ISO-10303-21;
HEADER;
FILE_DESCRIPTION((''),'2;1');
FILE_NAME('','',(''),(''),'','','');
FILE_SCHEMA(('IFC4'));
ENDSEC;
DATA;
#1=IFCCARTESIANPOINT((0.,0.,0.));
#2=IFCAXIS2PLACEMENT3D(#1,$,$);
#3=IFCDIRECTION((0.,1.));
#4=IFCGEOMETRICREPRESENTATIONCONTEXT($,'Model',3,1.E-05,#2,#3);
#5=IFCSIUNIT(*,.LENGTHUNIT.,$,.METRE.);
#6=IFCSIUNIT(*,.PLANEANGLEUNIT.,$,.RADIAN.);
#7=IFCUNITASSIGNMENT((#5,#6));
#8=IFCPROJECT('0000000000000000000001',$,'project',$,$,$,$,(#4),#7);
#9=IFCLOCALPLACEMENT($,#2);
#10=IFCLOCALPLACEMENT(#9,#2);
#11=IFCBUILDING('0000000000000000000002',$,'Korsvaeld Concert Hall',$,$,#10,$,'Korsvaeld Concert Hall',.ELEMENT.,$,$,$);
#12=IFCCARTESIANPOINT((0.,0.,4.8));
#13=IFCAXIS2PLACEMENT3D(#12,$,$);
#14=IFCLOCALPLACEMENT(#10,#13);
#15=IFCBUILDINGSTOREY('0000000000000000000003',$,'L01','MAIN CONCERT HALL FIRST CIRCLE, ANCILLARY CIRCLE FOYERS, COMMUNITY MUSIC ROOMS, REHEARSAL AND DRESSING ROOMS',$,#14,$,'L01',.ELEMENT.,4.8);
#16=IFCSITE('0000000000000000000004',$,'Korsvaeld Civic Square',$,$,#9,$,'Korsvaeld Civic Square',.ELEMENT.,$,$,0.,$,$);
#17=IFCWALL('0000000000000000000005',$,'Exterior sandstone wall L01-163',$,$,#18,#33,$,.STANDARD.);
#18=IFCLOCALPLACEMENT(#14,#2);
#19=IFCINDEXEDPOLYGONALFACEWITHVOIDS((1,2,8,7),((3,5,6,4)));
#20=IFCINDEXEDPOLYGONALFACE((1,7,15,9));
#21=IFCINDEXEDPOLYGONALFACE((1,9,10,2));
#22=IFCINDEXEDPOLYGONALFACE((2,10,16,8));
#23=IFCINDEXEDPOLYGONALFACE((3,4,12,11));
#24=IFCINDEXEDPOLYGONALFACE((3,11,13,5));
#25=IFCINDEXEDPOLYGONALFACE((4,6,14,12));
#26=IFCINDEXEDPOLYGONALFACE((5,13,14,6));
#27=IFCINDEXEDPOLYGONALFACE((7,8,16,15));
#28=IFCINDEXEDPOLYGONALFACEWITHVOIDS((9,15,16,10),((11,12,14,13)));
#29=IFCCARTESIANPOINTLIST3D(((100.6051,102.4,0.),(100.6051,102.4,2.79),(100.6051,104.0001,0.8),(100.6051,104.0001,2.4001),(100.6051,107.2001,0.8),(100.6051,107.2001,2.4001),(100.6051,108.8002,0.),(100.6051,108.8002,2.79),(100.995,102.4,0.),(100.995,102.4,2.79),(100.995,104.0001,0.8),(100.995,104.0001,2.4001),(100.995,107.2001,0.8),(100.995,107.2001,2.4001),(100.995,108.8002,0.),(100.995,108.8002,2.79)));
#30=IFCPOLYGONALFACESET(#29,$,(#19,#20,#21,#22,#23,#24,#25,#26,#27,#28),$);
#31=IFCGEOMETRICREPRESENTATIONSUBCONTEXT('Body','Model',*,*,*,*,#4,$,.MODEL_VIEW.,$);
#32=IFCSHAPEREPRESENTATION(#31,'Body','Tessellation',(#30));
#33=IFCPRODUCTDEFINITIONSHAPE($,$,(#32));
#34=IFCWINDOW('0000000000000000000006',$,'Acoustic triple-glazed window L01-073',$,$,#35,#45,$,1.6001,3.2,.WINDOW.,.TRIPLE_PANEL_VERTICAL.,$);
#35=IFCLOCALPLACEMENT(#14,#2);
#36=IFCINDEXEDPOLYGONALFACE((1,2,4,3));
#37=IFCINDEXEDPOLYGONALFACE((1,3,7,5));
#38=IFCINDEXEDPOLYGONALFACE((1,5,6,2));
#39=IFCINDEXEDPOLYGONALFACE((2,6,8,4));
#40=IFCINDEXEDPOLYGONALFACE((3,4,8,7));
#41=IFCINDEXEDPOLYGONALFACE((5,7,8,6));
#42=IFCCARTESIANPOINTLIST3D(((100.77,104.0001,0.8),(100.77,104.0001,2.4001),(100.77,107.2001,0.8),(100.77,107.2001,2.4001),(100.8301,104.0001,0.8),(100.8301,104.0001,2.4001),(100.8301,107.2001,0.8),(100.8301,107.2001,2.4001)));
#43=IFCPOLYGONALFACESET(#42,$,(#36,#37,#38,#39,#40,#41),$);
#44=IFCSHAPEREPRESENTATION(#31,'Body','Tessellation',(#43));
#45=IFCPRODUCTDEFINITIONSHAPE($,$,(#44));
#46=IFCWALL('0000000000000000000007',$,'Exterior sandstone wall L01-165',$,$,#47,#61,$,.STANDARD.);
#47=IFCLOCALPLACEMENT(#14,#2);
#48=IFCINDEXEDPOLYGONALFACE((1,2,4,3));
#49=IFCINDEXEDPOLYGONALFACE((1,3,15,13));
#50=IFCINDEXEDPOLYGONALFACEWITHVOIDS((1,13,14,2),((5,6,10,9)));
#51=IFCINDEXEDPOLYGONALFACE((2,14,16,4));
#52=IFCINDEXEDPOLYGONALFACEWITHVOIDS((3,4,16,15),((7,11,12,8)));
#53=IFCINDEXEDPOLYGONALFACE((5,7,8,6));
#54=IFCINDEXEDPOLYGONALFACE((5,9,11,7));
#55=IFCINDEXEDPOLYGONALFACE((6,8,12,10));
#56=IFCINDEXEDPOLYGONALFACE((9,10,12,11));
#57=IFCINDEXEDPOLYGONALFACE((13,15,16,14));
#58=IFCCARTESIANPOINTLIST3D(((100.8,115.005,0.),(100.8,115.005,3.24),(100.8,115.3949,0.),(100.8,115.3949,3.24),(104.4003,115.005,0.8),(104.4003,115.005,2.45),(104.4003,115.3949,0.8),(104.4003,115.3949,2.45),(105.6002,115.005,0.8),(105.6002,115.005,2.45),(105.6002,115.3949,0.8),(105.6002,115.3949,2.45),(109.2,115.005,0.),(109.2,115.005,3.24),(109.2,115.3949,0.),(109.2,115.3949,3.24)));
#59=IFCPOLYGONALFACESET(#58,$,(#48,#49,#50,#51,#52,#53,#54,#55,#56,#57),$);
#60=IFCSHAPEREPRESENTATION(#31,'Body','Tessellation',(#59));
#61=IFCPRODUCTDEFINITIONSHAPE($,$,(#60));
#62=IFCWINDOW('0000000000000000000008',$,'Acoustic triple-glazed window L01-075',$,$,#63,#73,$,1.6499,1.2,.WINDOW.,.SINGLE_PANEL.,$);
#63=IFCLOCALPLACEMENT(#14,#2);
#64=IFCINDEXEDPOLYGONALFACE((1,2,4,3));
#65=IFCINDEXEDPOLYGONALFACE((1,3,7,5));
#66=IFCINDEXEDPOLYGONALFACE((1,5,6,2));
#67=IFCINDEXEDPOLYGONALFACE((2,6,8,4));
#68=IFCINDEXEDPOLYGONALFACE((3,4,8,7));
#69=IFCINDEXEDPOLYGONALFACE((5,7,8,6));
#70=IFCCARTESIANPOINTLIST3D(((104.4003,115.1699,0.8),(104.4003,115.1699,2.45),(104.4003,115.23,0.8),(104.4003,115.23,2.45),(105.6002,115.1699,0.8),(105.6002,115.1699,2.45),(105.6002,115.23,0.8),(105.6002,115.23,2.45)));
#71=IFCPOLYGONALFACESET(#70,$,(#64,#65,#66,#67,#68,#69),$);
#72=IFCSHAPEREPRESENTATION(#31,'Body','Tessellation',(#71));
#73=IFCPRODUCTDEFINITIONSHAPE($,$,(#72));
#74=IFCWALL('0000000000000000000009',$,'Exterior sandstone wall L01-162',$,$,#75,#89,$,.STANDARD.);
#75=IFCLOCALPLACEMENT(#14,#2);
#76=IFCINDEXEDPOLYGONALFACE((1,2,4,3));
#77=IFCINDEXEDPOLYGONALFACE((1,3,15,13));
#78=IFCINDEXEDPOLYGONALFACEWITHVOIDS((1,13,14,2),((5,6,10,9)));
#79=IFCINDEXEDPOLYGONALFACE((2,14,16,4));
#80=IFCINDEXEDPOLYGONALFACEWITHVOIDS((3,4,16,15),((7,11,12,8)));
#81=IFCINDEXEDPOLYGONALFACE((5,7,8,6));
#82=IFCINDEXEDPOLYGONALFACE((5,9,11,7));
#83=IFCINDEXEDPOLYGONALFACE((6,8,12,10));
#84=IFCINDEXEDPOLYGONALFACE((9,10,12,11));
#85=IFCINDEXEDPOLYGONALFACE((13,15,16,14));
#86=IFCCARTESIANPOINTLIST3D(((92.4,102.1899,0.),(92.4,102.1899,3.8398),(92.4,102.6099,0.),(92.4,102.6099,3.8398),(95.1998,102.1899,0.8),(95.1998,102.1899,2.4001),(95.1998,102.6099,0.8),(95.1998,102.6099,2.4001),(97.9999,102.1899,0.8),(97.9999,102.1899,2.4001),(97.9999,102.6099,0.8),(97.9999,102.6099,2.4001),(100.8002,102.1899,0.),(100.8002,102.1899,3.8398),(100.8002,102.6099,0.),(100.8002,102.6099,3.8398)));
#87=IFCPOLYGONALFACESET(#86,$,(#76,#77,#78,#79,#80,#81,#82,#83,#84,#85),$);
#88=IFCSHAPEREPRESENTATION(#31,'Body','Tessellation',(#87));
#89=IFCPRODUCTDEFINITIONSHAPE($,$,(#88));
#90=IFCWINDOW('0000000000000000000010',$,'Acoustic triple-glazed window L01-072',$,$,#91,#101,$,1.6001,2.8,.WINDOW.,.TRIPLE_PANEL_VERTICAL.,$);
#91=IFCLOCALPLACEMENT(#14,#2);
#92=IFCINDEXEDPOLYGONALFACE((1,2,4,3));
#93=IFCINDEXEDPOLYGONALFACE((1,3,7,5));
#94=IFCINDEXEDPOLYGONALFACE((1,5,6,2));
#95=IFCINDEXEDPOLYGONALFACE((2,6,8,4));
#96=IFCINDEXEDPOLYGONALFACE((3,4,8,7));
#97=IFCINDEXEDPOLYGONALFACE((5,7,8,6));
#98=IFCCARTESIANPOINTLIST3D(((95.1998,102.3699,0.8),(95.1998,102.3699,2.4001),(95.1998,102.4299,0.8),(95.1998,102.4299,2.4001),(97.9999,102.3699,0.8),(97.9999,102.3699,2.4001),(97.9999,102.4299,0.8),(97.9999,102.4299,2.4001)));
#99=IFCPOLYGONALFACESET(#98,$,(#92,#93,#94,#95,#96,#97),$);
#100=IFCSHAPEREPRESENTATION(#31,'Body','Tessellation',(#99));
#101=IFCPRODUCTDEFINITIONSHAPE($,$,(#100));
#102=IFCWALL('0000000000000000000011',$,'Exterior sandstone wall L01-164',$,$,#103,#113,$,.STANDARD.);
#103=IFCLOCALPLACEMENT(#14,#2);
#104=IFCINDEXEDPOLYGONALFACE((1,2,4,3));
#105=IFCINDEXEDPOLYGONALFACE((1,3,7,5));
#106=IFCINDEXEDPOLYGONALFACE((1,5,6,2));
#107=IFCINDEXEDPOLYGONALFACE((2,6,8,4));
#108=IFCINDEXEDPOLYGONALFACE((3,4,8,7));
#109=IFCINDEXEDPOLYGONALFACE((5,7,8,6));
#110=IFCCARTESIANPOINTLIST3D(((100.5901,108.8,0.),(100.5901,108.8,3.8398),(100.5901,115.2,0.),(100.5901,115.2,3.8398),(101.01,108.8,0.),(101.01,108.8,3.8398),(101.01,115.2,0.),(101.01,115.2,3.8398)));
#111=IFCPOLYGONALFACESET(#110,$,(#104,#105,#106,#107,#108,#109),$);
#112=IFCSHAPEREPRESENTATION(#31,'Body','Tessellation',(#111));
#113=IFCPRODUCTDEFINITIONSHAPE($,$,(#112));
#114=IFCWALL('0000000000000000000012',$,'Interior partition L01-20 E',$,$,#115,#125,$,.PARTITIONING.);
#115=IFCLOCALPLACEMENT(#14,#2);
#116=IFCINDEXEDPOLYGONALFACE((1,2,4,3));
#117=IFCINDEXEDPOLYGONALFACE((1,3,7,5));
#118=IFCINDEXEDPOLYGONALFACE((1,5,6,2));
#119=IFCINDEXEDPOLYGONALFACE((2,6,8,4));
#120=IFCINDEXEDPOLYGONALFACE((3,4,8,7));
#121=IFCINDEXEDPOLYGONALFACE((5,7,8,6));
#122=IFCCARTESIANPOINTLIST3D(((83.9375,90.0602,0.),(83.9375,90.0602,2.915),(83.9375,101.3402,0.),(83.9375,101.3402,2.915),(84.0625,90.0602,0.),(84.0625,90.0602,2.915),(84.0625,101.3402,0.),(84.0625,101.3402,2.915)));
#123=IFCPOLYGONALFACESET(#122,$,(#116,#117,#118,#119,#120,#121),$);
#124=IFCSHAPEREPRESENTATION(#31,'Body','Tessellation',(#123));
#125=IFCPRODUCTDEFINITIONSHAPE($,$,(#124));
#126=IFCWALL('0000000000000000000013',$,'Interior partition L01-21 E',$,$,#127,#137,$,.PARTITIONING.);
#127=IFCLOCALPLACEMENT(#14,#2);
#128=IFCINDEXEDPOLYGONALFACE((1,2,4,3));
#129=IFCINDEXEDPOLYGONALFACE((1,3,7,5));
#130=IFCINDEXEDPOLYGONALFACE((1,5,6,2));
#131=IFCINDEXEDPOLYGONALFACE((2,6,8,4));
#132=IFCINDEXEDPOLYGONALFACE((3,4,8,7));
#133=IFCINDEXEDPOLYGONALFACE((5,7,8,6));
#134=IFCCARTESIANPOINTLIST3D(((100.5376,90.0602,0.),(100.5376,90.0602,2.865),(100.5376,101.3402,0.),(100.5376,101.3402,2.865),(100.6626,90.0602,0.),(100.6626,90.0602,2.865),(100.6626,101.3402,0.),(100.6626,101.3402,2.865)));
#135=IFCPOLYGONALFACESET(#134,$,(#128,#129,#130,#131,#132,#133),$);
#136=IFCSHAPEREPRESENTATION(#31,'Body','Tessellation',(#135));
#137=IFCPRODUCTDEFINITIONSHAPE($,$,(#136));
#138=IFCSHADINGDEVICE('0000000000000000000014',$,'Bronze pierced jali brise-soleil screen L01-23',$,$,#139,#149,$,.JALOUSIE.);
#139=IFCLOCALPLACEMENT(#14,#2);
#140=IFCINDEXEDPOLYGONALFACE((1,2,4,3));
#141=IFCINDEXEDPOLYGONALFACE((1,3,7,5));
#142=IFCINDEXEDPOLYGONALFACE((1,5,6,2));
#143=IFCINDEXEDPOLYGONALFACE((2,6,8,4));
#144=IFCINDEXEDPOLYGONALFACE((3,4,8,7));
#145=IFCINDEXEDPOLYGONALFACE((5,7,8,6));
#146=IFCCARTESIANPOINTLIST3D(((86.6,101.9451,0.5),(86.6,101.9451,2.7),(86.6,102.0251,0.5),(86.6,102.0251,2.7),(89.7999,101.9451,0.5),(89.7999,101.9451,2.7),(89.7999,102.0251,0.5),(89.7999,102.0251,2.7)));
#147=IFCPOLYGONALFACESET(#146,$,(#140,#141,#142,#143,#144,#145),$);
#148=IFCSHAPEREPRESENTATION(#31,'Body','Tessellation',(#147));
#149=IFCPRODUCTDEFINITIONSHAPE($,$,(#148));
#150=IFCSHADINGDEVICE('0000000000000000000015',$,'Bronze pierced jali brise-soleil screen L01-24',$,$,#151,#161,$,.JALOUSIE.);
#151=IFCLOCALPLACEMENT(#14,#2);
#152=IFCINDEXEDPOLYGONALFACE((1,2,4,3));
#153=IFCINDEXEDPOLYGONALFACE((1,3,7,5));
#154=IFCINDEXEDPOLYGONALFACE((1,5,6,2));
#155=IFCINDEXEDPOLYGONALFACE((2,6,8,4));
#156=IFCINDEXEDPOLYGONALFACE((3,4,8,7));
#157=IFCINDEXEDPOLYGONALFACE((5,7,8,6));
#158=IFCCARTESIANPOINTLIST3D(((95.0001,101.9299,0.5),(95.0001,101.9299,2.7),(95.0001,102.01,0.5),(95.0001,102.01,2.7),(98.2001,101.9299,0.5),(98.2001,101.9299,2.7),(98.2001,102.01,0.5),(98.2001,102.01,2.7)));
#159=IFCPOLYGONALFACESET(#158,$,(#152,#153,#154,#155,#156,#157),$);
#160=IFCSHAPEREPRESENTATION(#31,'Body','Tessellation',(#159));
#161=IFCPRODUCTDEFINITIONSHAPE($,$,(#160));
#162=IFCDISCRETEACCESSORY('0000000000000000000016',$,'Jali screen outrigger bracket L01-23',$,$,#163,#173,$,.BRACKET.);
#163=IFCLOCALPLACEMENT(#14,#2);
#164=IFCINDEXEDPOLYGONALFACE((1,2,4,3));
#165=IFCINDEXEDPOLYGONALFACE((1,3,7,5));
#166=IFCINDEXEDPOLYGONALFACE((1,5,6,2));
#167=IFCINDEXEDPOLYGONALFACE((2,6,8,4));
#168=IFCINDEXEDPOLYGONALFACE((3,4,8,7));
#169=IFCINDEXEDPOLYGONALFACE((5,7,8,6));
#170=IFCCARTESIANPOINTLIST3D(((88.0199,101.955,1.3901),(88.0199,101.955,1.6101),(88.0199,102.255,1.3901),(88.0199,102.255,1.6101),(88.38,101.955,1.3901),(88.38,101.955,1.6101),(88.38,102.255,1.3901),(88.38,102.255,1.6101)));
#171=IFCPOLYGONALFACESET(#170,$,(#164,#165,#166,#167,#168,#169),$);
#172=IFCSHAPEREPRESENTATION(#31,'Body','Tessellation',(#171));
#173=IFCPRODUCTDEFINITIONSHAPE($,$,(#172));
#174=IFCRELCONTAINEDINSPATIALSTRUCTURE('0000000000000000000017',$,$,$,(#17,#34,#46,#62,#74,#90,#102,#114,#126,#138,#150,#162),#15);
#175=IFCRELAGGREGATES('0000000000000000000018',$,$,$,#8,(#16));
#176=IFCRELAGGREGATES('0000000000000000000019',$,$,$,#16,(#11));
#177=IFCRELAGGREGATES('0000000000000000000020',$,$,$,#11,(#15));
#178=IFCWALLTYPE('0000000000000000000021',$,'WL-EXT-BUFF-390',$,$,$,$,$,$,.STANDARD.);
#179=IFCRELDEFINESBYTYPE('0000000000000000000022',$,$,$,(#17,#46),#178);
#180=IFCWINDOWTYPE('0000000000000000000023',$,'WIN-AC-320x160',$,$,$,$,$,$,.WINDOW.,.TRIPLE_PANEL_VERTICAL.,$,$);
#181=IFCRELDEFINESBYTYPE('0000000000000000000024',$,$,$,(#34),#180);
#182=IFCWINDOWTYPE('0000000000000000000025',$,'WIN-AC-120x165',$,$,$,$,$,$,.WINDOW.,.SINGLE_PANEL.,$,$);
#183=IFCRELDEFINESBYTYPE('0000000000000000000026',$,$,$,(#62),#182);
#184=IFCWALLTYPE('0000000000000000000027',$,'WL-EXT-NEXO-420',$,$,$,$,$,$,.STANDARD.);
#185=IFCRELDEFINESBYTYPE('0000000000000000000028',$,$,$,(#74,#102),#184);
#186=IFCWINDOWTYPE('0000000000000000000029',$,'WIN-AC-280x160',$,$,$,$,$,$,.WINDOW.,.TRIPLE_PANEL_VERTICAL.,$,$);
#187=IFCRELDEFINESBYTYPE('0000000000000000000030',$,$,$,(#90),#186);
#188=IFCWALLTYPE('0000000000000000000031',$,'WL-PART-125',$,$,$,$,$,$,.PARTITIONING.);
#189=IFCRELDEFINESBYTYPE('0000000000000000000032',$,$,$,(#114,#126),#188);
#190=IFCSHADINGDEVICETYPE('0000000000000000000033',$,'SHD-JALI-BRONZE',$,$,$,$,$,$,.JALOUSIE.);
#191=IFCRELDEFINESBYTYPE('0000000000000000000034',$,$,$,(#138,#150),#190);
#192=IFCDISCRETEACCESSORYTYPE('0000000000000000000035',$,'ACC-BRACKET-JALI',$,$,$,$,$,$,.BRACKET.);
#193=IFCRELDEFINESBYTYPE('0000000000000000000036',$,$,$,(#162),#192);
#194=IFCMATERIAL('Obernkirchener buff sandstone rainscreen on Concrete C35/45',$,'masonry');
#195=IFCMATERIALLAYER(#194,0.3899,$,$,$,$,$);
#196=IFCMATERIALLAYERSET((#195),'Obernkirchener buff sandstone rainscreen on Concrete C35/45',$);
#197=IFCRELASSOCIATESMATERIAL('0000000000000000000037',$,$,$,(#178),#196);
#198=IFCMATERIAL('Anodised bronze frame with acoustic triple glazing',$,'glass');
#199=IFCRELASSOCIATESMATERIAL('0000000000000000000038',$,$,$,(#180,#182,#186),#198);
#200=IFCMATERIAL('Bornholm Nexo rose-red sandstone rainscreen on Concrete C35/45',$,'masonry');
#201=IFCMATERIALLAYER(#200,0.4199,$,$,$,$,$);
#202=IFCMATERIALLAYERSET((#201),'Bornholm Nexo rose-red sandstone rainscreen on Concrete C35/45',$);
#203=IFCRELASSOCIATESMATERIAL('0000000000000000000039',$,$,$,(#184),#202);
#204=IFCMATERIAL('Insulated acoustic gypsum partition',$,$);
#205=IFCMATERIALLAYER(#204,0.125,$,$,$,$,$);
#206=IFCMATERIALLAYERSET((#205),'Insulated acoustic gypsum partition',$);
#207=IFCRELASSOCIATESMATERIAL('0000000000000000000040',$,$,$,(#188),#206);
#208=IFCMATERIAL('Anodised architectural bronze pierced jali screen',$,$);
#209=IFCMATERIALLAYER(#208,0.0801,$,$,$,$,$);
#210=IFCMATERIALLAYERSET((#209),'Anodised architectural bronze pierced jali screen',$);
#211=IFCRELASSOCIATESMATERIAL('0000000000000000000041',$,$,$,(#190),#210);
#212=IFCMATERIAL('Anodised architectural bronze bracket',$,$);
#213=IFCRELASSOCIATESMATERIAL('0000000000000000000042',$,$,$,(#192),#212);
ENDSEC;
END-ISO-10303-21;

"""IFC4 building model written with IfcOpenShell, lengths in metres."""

from ifc_helpers import new_model, si_unit, direction, frame, frame_2d, origin, origin_2d, place, context, subcontext, project, spatial, rectangle, extrude, material, layer, layer_set, type_object, element, fill, save


model = new_model("IFC4")

# Units and contexts
model_context = context("Model", 3, precision=1e-05, world=origin(), true_north=direction((0.0, 1.0)))
body_context = subcontext(model_context, "Body", "Model", "MODEL_VIEW")
ifc_project = project(units=[si_unit("LENGTHUNIT", "METRE"), si_unit("PLANEANGLEUNIT", "RADIAN")], contexts=[model_context])

# Site, building, storey
site_placement = place(None, origin())
site = spatial("IfcSite", under=ifc_project, at=site_placement, Name="Korsvaeld Civic Square", LongName="Korsvaeld Civic Square", CompositionType="ELEMENT", RefElevation=0.0)
building_placement = place(site_placement, origin())
building = spatial("IfcBuilding", under=site, at=building_placement, Name="Korsvaeld Concert Hall", LongName="Korsvaeld Concert Hall", CompositionType="ELEMENT")
storey_placement = place(building_placement, frame((0.0, 0.0, 4.8)))
storey = spatial("IfcBuildingStorey", under=building, at=storey_placement, Name="L01", Description="MAIN CONCERT HALL FIRST CIRCLE, ANCILLARY CIRCLE FOYERS, COMMUNITY MUSIC ROOMS, REHEARSAL AND DRESSING ROOMS", LongName="L01", CompositionType="ELEMENT", Elevation=4.8)

# Walls, openings, windows
ifc_material_1 = material(Name="Obernkirchener buff sandstone rainscreen on Concrete C35/45", Category="masonry")
ifc_layer_1 = layer(ifc_material_1, 0.3899)
ifc_layer_set_1 = layer_set([ifc_layer_1], Name="Obernkirchener buff sandstone rainscreen on Concrete C35/45")
wall_type_1 = type_object("IfcWallType", Name="WL-EXT-BUFF-390", PredefinedType="STANDARD", material=ifc_layer_set_1)
ifc_material_2 = material(Name="Anodised bronze frame with acoustic triple glazing", Category="glass")
wall_1_placement = place(storey_placement, frame((100.8, 102.3999, 0.0), z_axis=(0.0, 0.0, 1.0), x_axis=(0.0, 1.0, 0.0)))
wall_1 = element("IfcWall", 1, at=wall_1_placement, inside=storey, type_object=wall_type_1, Name="Exterior sandstone wall L01-163", PredefinedType="STANDARD", context=body_context, shape_type="SweptSolid", body=[
    extrude(rectangle(XDim=6.4001, YDim=0.3899, at=frame_2d((3.2002, 0.0))), origin(), (0.0, 0.0, 1.0), 2.79),
])
opening_1_placement = place(wall_1_placement, frame((1.6001, 0.0, 0.8)))
opening_1 = element("IfcOpeningElement", 2, at=opening_1_placement, cuts=wall_1, PredefinedType="OPENING", context=body_context, shape_type="SweptSolid", body=[
    extrude(rectangle(XDim=3.2, YDim=1.6001, at=frame_2d((1.6001, 0.8))), frame((0.0, 0.2051, 0.0), z_axis=(0.0, -1.0, 0.0), x_axis=(1.0, 0.0, 0.0)), (0.0, 0.0, 1.0), 0.4099),
])
window_type_1 = type_object("IfcWindowType", Name="WIN-AC-320x160", PartitioningType="TRIPLE_PANEL_VERTICAL", PredefinedType="WINDOW", material=ifc_material_2)
window_1_placement = place(opening_1_placement, origin())
window_1 = element("IfcWindow", 3, at=window_1_placement, inside=storey, type_object=window_type_1, Name="Acoustic triple-glazed window L01-073", OverallHeight=1.6001, OverallWidth=3.2, PartitioningType="TRIPLE_PANEL_VERTICAL", PredefinedType="WINDOW", context=body_context, shape_type="SweptSolid", body=[
    extrude(rectangle(XDim=3.2, YDim=1.6001, at=frame_2d((1.6001, 0.8))), frame((0.0, 0.03, 0.0), z_axis=(0.0, -1.0, 0.0), x_axis=(1.0, 0.0, 0.0)), (0.0, 0.0, 1.0), 0.0601),
])
fill(opening_1, window_1)
wall_2_placement = place(storey_placement, frame((100.8, 115.2, 0.0), z_axis=(0.0, 0.0, 1.0), x_axis=(1.0, 0.0, 0.0)))
wall_2 = element("IfcWall", 4, at=wall_2_placement, inside=storey, type_object=wall_type_1, Name="Exterior sandstone wall L01-165", PredefinedType="STANDARD", context=body_context, shape_type="SweptSolid", body=[
    extrude(rectangle(XDim=8.3999, YDim=0.3899, at=frame_2d((4.2, 0.0))), origin(), (0.0, 0.0, 1.0), 3.24),
])
opening_2_placement = place(wall_2_placement, frame((3.6001, 0.0, 0.8)))
opening_2 = element("IfcOpeningElement", 5, at=opening_2_placement, cuts=wall_2, PredefinedType="OPENING", context=body_context, shape_type="SweptSolid", body=[
    extrude(rectangle(XDim=1.2, YDim=1.6499, at=frame_2d((0.6001, 0.825))), frame((0.0, 0.2051, 0.0), z_axis=(0.0, -1.0, 0.0), x_axis=(1.0, 0.0, 0.0)), (0.0, 0.0, 1.0), 0.4099),
])
window_type_2 = type_object("IfcWindowType", Name="WIN-AC-120x165", PartitioningType="SINGLE_PANEL", PredefinedType="WINDOW", material=ifc_material_2)
window_2_placement = place(opening_2_placement, origin())
window_2 = element("IfcWindow", 6, at=window_2_placement, inside=storey, type_object=window_type_2, Name="Acoustic triple-glazed window L01-075", OverallHeight=1.6499, OverallWidth=1.2, PartitioningType="SINGLE_PANEL", PredefinedType="WINDOW", context=body_context, shape_type="SweptSolid", body=[
    extrude(rectangle(XDim=1.2, YDim=1.6499, at=frame_2d((0.6001, 0.825))), frame((0.0, 0.03, 0.0), z_axis=(0.0, -1.0, 0.0), x_axis=(1.0, 0.0, 0.0)), (0.0, 0.0, 1.0), 0.0601),
])
fill(opening_2, window_2)
ifc_material_3 = material(Name="Bornholm Nexo rose-red sandstone rainscreen on Concrete C35/45", Category="masonry")
ifc_layer_2 = layer(ifc_material_3, 0.4199)
ifc_layer_set_2 = layer_set([ifc_layer_2], Name="Bornholm Nexo rose-red sandstone rainscreen on Concrete C35/45")
wall_type_2 = type_object("IfcWallType", Name="WL-EXT-NEXO-420", PredefinedType="STANDARD", material=ifc_layer_set_2)
wall_3_placement = place(storey_placement, frame((92.3999, 102.3999, 0.0), z_axis=(0.0, 0.0, 1.0), x_axis=(1.0, 0.0, 0.0)))
wall_3 = element("IfcWall", 7, at=wall_3_placement, inside=storey, type_object=wall_type_2, Name="Exterior sandstone wall L01-162", PredefinedType="STANDARD", context=body_context, shape_type="SweptSolid", body=[
    extrude(rectangle(XDim=8.4001, YDim=0.4199, at=frame_2d((4.2002, 0.0))), origin(), (0.0, 0.0, 1.0), 3.8398),
])
opening_3_placement = place(wall_3_placement, frame((2.8, 0.0, 0.8)))
opening_3 = element("IfcOpeningElement", 8, at=opening_3_placement, cuts=wall_3, PredefinedType="OPENING", context=body_context, shape_type="SweptSolid", body=[
    extrude(rectangle(XDim=2.8, YDim=1.6001, at=frame_2d((1.3999, 0.8))), frame((0.0, 0.22, 0.0), z_axis=(0.0, -1.0, 0.0), x_axis=(1.0, 0.0, 0.0)), (0.0, 0.0, 1.0), 0.4399),
])
window_type_3 = type_object("IfcWindowType", Name="WIN-AC-280x160", PartitioningType="TRIPLE_PANEL_VERTICAL", PredefinedType="WINDOW", material=ifc_material_2)
window_3_placement = place(opening_3_placement, origin())
window_3 = element("IfcWindow", 9, at=window_3_placement, inside=storey, type_object=window_type_3, Name="Acoustic triple-glazed window L01-072", OverallHeight=1.6001, OverallWidth=2.8, PartitioningType="TRIPLE_PANEL_VERTICAL", PredefinedType="WINDOW", context=body_context, shape_type="SweptSolid", body=[
    extrude(rectangle(XDim=2.8, YDim=1.6001, at=frame_2d((1.3999, 0.8))), frame((0.0, 0.03, 0.0), z_axis=(0.0, -1.0, 0.0), x_axis=(1.0, 0.0, 0.0)), (0.0, 0.0, 1.0), 0.0601),
])
fill(opening_3, window_3)

# Walls
wall_4_placement = place(storey_placement, frame((100.8, 108.8, 0.0), z_axis=(0.0, 0.0, 1.0), x_axis=(0.0, 1.0, 0.0)))
element("IfcWall", 10, at=wall_4_placement, inside=storey, type_object=wall_type_2, Name="Exterior sandstone wall L01-164", PredefinedType="STANDARD", context=body_context, shape_type="SweptSolid", body=[
    extrude(rectangle(XDim=6.3999, YDim=0.4199, at=frame_2d((3.2, 0.0))), origin(), (0.0, 0.0, 1.0), 3.8398),
])
ifc_material_4 = material(Name="Insulated acoustic gypsum partition")
ifc_layer_3 = layer(ifc_material_4, 0.125)
ifc_layer_set_3 = layer_set([ifc_layer_3], Name="Insulated acoustic gypsum partition")
wall_type_3 = type_object("IfcWallType", Name="WL-PART-125", PredefinedType="PARTITIONING", material=ifc_layer_set_3)
wall_5_placement = place(storey_placement, frame((84.0, 90.0601, 0.0), z_axis=(0.0, 0.0, 1.0), x_axis=(0.0, 1.0, 0.0)))
element("IfcWall", 11, at=wall_5_placement, inside=storey, type_object=wall_type_3, Name="Interior partition L01-20 E", PredefinedType="PARTITIONING", context=body_context, shape_type="SweptSolid", body=[
    extrude(rectangle(XDim=11.28, YDim=0.125, at=frame_2d((5.6401, 0.0))), origin(), (0.0, 0.0, 1.0), 2.915),
])
wall_6_placement = place(storey_placement, frame((100.6001, 90.0601, 0.0), z_axis=(0.0, 0.0, 1.0), x_axis=(0.0, 1.0, 0.0)))
element("IfcWall", 12, at=wall_6_placement, inside=storey, type_object=wall_type_3, Name="Interior partition L01-21 E", PredefinedType="PARTITIONING", context=body_context, shape_type="SweptSolid", body=[
    extrude(rectangle(XDim=11.28, YDim=0.125, at=frame_2d((5.6401, 0.0))), origin(), (0.0, 0.0, 1.0), 2.865),
])

# Shading devices
ifc_material_5 = material(Name="Anodised architectural bronze pierced jali screen")
ifc_layer_4 = layer(ifc_material_5, 0.0801)
ifc_layer_set_4 = layer_set([ifc_layer_4], Name="Anodised architectural bronze pierced jali screen")
shading_device_type = type_object("IfcShadingDeviceType", Name="SHD-JALI-BRONZE", PredefinedType="JALOUSIE", material=ifc_layer_set_4)
for number, where, z_axis, x_axis, name in (
    (13, (88.2, 101.9851, 0.5), (0.0, 0.0, 1.0), (1.0, 0.0, 0.0), "Bronze pierced jali brise-soleil screen L01-23"),
    (14, (96.6001, 101.97, 0.5), (0.0, 0.0, 1.0), (1.0, 0.0, 0.0), "Bronze pierced jali brise-soleil screen L01-24"),
):
    element("IfcShadingDevice", number, at=place(storey_placement, frame(where, z_axis=z_axis, x_axis=x_axis)), inside=storey, type_object=shading_device_type, Name=name, PredefinedType="JALOUSIE", context=body_context, shape_type="SweptSolid", body=[
        extrude(rectangle(XDim=3.2, YDim=0.0801, at=origin_2d()), origin(), (0.0, 0.0, 1.0), 2.2),
    ])

# Discrete accessory
ifc_material_6 = material(Name="Anodised architectural bronze bracket")
discrete_accessory_type = type_object("IfcDiscreteAccessoryType", Name="ACC-BRACKET-JALI", PredefinedType="BRACKET", material=ifc_material_6)
for number, where, z_axis, x_axis, name in (
    (15, (88.2, 102.105, 1.3901), (0.0, 0.0, 1.0), (1.0, 0.0, 0.0), "Jali screen outrigger bracket L01-23"),
):
    element("IfcDiscreteAccessory", number, at=place(storey_placement, frame(where, z_axis=z_axis, x_axis=x_axis)), inside=storey, type_object=discrete_accessory_type, Name=name, PredefinedType="BRACKET", context=body_context, shape_type="SweptSolid", body=[
        extrude(rectangle(XDim=0.3601, YDim=0.3, at=origin_2d()), origin(), (0.0, 0.0, 1.0), 0.22),
    ])

save(model, "model.ifc")
